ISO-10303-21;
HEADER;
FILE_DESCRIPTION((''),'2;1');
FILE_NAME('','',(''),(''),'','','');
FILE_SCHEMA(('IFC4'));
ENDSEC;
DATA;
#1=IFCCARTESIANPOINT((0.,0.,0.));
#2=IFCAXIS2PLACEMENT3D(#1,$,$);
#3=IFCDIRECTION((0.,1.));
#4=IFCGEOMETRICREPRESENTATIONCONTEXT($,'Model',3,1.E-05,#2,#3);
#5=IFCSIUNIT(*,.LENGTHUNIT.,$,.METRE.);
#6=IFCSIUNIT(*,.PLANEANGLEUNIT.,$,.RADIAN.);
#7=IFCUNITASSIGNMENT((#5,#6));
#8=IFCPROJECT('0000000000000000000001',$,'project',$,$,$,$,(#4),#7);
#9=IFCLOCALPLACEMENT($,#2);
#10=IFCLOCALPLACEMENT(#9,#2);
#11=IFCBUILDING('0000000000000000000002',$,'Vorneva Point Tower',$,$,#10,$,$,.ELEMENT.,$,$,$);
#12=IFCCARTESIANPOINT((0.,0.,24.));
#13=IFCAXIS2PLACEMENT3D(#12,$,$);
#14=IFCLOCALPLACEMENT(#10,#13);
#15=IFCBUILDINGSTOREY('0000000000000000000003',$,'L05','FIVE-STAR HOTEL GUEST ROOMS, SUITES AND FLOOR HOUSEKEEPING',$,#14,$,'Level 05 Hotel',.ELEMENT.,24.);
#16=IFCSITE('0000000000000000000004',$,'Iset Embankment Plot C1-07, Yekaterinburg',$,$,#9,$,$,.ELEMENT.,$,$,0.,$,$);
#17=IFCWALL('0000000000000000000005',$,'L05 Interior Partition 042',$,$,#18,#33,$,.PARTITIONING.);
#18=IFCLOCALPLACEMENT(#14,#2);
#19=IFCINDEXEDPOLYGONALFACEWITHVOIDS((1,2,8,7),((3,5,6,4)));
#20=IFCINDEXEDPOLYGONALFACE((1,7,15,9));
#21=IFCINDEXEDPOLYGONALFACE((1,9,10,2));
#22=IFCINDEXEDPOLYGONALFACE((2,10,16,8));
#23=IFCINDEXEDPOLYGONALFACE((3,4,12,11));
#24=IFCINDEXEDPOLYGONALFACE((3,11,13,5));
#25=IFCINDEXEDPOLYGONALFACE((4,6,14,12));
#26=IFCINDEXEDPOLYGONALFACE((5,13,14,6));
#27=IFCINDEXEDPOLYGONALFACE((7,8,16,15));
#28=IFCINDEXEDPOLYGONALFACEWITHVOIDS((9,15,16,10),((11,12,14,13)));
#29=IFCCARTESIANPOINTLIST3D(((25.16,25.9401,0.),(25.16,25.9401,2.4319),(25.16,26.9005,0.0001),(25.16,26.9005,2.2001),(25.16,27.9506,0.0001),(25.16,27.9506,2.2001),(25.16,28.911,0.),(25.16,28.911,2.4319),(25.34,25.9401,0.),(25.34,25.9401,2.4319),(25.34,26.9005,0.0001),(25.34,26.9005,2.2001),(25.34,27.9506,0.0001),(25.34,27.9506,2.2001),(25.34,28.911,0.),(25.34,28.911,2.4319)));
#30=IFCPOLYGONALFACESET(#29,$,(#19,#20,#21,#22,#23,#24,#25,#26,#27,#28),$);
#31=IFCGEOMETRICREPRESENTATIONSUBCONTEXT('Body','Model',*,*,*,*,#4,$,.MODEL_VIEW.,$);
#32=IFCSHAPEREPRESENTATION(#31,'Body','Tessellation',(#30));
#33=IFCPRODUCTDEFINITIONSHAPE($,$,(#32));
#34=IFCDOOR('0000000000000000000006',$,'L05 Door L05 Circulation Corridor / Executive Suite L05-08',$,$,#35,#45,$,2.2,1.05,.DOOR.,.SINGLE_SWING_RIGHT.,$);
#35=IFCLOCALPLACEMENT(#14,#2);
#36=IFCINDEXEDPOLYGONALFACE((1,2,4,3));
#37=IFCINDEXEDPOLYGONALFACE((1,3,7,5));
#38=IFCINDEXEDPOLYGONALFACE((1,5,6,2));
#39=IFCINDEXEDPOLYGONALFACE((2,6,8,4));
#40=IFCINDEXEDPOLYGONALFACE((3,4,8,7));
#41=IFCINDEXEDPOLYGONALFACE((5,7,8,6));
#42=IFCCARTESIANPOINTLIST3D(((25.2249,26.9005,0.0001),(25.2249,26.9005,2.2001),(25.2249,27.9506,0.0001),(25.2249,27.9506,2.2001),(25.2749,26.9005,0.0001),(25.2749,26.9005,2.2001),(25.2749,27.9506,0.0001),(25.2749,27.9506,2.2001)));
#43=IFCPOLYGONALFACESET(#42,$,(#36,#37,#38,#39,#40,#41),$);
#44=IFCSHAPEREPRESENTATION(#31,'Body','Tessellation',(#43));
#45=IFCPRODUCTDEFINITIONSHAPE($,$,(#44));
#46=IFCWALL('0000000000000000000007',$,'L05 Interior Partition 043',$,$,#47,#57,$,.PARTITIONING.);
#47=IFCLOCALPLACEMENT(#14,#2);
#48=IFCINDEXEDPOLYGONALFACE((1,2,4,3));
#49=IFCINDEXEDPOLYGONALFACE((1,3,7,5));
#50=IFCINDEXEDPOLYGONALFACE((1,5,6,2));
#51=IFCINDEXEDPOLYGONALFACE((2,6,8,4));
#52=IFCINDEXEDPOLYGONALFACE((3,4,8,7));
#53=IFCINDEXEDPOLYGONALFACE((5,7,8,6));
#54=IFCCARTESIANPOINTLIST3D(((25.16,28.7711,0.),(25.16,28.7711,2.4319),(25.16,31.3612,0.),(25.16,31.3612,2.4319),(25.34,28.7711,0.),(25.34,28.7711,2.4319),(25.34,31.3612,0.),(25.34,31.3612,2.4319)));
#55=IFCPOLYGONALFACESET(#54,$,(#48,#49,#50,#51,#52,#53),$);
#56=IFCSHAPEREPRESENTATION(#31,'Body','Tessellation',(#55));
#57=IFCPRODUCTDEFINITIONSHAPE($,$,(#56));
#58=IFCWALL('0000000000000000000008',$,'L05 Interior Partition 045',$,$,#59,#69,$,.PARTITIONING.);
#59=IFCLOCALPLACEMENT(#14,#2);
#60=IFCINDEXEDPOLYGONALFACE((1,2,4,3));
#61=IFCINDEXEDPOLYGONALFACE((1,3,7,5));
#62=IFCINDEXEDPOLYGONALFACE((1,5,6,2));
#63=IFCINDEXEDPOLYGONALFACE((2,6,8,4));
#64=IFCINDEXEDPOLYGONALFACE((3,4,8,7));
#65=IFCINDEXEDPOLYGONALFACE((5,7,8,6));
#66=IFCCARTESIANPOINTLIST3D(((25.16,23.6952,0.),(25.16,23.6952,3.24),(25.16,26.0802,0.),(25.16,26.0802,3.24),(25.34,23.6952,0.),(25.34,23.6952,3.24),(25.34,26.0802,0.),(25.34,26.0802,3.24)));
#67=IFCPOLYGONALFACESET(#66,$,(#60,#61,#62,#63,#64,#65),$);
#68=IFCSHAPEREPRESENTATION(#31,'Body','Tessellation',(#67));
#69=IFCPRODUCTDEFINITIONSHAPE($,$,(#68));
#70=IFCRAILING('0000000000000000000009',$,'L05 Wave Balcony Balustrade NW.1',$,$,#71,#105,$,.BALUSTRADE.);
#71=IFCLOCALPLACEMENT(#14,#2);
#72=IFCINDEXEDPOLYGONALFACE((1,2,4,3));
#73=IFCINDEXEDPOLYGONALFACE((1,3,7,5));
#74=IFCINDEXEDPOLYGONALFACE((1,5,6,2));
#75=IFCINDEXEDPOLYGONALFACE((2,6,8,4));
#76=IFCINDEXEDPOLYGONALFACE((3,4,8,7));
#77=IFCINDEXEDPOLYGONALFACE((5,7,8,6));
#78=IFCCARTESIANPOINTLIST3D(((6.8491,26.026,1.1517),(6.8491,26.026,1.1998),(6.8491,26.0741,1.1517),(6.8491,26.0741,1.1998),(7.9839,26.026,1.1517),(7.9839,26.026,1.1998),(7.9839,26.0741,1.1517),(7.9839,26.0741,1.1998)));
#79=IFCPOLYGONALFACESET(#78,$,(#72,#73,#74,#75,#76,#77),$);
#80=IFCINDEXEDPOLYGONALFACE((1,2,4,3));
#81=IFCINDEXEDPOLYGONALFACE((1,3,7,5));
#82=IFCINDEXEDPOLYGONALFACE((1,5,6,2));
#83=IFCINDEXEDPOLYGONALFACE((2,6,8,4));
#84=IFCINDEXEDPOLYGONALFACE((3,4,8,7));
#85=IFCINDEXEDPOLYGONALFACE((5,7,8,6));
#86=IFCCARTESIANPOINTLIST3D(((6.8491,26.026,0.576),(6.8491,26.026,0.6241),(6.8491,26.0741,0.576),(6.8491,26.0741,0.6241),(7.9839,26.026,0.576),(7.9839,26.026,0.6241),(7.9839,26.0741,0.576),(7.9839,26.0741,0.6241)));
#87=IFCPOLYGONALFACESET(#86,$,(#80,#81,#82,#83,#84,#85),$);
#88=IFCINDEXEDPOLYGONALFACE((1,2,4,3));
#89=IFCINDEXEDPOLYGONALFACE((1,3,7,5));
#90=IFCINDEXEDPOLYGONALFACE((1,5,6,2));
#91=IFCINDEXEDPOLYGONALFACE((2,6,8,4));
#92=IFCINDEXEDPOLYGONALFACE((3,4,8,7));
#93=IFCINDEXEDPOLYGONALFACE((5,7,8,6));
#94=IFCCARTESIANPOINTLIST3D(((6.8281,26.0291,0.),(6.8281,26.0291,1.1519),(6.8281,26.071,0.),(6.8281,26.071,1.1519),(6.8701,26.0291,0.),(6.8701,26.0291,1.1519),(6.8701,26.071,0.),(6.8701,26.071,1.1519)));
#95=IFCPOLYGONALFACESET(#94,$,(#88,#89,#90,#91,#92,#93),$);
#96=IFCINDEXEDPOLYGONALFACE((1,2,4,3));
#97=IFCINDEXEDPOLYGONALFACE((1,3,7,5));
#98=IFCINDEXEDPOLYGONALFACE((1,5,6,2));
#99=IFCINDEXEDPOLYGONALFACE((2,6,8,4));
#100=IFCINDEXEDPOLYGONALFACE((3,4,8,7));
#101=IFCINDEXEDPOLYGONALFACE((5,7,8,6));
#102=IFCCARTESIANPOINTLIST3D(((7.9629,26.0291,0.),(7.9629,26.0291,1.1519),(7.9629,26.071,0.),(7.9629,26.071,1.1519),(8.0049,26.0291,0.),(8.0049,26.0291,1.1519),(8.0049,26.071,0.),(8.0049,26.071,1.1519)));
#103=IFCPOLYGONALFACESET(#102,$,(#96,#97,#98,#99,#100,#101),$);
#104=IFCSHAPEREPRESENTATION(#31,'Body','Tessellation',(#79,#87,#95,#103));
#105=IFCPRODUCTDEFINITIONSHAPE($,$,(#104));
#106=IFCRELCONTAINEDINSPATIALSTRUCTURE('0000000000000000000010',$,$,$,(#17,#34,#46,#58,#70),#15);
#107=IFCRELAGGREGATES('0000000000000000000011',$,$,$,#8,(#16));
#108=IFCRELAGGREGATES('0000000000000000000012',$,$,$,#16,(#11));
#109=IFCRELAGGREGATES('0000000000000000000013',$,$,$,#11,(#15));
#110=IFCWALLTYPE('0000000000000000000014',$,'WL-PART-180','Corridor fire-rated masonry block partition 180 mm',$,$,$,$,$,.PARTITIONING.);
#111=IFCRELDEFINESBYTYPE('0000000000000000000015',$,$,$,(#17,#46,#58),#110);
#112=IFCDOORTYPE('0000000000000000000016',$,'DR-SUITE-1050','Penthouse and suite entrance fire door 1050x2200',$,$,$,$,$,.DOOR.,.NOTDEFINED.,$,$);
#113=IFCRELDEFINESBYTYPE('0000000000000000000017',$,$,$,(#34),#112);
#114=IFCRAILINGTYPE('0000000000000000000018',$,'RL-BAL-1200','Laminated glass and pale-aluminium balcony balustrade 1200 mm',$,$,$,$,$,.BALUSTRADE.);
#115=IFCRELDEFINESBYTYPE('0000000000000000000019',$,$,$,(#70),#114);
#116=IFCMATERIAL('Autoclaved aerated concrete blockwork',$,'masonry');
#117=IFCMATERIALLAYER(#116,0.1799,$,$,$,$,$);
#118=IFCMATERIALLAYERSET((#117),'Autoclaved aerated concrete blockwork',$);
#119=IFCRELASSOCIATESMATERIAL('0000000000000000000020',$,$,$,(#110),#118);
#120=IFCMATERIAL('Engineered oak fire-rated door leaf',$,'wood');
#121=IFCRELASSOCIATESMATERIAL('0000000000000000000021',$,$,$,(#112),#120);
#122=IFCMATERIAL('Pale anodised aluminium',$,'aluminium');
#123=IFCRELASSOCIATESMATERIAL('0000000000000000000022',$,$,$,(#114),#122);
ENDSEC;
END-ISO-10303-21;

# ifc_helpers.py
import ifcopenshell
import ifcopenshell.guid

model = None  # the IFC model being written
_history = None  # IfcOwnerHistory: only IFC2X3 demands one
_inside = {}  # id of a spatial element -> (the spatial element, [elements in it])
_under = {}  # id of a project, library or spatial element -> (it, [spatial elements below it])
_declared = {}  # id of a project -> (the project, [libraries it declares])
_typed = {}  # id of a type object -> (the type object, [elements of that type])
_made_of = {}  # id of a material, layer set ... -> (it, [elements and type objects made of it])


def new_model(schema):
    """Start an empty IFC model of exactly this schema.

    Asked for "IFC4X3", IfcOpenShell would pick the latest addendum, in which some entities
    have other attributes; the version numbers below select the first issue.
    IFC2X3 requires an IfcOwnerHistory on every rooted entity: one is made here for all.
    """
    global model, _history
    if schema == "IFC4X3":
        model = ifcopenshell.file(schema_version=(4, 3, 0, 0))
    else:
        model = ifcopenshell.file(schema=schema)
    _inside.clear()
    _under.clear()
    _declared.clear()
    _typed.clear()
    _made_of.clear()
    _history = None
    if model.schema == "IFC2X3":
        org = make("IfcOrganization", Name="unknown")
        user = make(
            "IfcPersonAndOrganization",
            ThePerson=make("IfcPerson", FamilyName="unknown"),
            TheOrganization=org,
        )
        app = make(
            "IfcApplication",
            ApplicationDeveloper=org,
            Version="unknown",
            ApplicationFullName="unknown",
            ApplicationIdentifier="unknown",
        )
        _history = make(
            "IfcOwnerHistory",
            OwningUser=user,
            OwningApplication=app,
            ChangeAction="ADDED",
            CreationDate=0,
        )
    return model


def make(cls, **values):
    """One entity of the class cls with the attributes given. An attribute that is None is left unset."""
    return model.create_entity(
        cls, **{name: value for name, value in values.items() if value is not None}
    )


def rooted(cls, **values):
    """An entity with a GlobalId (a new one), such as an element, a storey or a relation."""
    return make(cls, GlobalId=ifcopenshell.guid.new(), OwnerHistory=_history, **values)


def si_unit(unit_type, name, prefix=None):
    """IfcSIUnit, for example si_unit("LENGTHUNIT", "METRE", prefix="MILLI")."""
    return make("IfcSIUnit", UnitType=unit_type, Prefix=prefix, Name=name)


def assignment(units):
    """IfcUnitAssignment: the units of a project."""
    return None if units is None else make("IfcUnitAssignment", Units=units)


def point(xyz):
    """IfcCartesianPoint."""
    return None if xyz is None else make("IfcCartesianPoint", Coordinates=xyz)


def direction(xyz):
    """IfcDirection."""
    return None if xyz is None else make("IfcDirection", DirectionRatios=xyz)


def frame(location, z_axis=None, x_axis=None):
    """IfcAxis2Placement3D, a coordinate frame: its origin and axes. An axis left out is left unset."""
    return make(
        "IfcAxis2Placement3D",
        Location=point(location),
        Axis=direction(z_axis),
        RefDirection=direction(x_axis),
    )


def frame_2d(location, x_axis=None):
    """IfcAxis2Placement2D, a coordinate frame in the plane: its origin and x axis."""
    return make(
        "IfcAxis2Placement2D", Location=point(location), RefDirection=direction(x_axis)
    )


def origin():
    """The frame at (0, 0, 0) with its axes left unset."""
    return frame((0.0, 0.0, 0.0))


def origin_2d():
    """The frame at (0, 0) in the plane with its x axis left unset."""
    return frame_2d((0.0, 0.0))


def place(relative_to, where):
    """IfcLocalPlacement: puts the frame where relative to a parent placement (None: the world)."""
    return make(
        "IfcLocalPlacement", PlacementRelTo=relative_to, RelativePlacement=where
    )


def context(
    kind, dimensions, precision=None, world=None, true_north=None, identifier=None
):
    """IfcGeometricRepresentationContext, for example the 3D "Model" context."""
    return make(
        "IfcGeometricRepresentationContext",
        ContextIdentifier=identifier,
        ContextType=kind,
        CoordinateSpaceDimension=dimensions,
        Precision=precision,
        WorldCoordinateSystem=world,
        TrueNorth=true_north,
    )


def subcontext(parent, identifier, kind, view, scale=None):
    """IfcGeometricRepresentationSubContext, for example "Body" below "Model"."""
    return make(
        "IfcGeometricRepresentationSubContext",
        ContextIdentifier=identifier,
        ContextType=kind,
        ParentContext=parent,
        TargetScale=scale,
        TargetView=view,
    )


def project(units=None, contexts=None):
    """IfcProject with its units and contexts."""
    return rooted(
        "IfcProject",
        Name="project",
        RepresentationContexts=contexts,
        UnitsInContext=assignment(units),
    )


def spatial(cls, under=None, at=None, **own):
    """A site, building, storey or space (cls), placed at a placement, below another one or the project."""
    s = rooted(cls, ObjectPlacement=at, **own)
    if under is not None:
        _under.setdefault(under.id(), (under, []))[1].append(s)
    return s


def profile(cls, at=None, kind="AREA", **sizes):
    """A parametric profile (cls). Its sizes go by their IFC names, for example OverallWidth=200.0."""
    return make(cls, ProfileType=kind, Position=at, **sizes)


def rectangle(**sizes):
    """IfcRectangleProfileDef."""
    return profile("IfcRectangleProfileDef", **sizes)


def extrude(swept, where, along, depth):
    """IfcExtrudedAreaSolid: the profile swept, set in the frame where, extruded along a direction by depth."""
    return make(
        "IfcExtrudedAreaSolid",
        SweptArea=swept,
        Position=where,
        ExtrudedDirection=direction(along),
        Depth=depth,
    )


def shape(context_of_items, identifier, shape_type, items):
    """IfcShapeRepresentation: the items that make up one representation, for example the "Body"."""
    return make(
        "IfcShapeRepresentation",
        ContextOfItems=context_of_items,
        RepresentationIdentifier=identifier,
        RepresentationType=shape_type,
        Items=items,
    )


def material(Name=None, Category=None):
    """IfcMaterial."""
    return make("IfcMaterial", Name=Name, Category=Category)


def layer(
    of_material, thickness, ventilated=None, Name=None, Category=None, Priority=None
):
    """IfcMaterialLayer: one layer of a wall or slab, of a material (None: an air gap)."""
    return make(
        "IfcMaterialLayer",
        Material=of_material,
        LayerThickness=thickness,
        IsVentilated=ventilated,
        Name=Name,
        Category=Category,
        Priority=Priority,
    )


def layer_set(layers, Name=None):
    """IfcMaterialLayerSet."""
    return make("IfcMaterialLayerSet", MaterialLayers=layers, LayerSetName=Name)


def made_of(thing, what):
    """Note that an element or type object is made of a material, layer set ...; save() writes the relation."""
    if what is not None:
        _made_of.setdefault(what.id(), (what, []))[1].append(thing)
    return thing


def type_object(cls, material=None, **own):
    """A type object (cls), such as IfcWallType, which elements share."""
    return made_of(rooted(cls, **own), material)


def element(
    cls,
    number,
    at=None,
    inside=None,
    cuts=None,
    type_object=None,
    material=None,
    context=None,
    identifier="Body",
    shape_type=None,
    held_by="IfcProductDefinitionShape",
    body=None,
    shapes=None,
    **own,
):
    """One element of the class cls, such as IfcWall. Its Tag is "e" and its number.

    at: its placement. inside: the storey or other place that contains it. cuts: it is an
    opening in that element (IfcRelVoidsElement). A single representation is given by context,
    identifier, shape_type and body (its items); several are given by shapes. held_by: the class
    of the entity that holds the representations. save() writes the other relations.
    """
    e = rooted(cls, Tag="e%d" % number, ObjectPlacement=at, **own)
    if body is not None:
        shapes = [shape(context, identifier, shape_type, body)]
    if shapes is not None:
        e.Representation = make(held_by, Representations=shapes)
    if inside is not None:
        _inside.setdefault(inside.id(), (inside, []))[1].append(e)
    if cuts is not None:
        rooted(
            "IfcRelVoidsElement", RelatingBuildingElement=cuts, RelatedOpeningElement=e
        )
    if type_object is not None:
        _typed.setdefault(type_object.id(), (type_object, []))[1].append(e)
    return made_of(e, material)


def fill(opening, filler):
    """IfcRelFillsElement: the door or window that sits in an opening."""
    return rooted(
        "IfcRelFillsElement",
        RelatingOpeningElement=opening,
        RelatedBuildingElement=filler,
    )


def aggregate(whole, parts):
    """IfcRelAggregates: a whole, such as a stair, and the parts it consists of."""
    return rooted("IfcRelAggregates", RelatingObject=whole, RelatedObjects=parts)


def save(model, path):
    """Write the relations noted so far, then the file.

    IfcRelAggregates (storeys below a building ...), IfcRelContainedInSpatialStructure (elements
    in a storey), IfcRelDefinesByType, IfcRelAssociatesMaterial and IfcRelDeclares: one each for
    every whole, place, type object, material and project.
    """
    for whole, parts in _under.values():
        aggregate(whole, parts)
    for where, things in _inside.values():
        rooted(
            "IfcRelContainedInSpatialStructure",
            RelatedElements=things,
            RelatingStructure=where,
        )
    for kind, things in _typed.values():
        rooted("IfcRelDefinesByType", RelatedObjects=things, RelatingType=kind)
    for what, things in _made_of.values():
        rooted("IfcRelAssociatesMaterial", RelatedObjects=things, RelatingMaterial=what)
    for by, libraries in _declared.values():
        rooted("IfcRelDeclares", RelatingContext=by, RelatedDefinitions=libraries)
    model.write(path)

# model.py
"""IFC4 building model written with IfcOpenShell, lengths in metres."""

from ifc_helpers import new_model, si_unit, direction, frame, frame_2d, origin, origin_2d, place, context, subcontext, project, spatial, rectangle, extrude, material, layer, layer_set, type_object, element, fill, save


model = new_model("IFC4")

# Units and contexts
model_context = context("Model", 3, precision=1e-05, world=origin(), true_north=direction((0.0, 1.0)))
body_context = subcontext(model_context, "Body", "Model", "MODEL_VIEW")
ifc_project = project(units=[si_unit("LENGTHUNIT", "METRE"), si_unit("PLANEANGLEUNIT", "RADIAN")], contexts=[model_context])

# Site, building, storey
site_placement = place(None, origin())
site = spatial("IfcSite", under=ifc_project, at=site_placement, Name="Iset Embankment Plot C1-07, Yekaterinburg", CompositionType="ELEMENT", RefElevation=0.0)
building_placement = place(site_placement, origin())
building = spatial("IfcBuilding", under=site, at=building_placement, Name="Vorneva Point Tower", CompositionType="ELEMENT")
storey_placement = place(building_placement, frame((0.0, 0.0, 24.0)))
storey = spatial("IfcBuildingStorey", under=building, at=storey_placement, Name="L05", Description="FIVE-STAR HOTEL GUEST ROOMS, SUITES AND FLOOR HOUSEKEEPING", LongName="Level 05 Hotel", CompositionType="ELEMENT", Elevation=24.0)

# Shared definitions
ifc_material_1 = material(Name="Pale anodised aluminium", Category="aluminium")

# Shared definitions
ifc_material_2 = material(Name="Engineered oak fire-rated door leaf", Category="wood")

# Wall, opening, door
ifc_material_3 = material(Name="Autoclaved aerated concrete blockwork", Category="masonry")
ifc_layer_1 = layer(ifc_material_3, 0.1799)
ifc_layer_set_1 = layer_set([ifc_layer_1], Name="Autoclaved aerated concrete blockwork")
wall_type_1 = type_object("IfcWallType", Name="WL-PART-180", Description="Corridor fire-rated masonry block partition 180 mm", PredefinedType="PARTITIONING", material=ifc_layer_set_1)
wall_1_placement = place(storey_placement, frame((25.25, 28.9109, 0.0), z_axis=(0.0, 0.0, 1.0), x_axis=(0.0, -1.0, 0.0)))
wall_1 = element("IfcWall", 1, at=wall_1_placement, inside=storey, type_object=wall_type_1, Name="L05 Interior Partition 042", PredefinedType="PARTITIONING", context=body_context, shape_type="SweptSolid", body=[
    extrude(rectangle(XDim=2.9709, YDim=0.1799, at=frame_2d((1.4854, 0.0))), origin(), (0.0, 0.0, 1.0), 2.4319),
])
opening_1_placement = place(wall_1_placement, frame((0.9604, 0.0, 0.0)))
opening_1 = element("IfcOpeningElement", 2, at=opening_1_placement, cuts=wall_1, PredefinedType="OPENING", context=body_context, shape_type="SweptSolid", body=[
    extrude(rectangle(XDim=1.05, YDim=2.2, at=frame_2d((0.5249, 1.1001))), frame((0.0, 0.105, 0.0), z_axis=(0.0, -1.0, 0.0), x_axis=(1.0, 0.0, 0.0)), (0.0, 0.0, 1.0), 0.2097),
])
door_type_1 = type_object("IfcDoorType", Name="DR-SUITE-1050", Description="Penthouse and suite entrance fire door 1050x2200", OperationType="NOTDEFINED", PredefinedType="DOOR", material=ifc_material_2)
door_1_placement = place(opening_1_placement, origin())
door_1 = element("IfcDoor", 3, at=door_1_placement, inside=storey, type_object=door_type_1, Name="L05 Door L05 Circulation Corridor / Executive Suite L05-08", OperationType="SINGLE_SWING_RIGHT", OverallHeight=2.2, OverallWidth=1.05, PredefinedType="DOOR", context=body_context, shape_type="SweptSolid", body=[
    extrude(rectangle(XDim=1.05, YDim=2.2, at=frame_2d((0.5249, 1.1001))), frame((0.0, 0.0249, 0.0), z_axis=(0.0, -1.0, 0.0), x_axis=(1.0, 0.0, 0.0)), (0.0, 0.0, 1.0), 0.05),
])
fill(opening_1, door_1)

# Walls
wall_2_placement = place(storey_placement, frame((25.25, 31.3611, 0.0), z_axis=(0.0, 0.0, 1.0), x_axis=(0.0, -1.0, 0.0)))
element("IfcWall", 4, at=wall_2_placement, inside=storey, type_object=wall_type_1, Name="L05 Interior Partition 043", PredefinedType="PARTITIONING", context=body_context, shape_type="SweptSolid", body=[
    extrude(rectangle(XDim=2.5901, YDim=0.1799, at=frame_2d((1.2949, 0.0))), origin(), (0.0, 0.0, 1.0), 2.4319),
])
wall_3_placement = place(storey_placement, frame((25.25, 26.0801, 0.0), z_axis=(0.0, 0.0, 1.0), x_axis=(0.0, -1.0, 0.0)))
element("IfcWall", 5, at=wall_3_placement, inside=storey, type_object=wall_type_1, Name="L05 Interior Partition 045", PredefinedType="PARTITIONING", context=body_context, shape_type="SweptSolid", body=[
    extrude(rectangle(XDim=2.385, YDim=0.1799, at=frame_2d((1.1924, 0.0))), origin(), (0.0, 0.0, 1.0), 3.24),
])

# Railing
railing_type = type_object("IfcRailingType", Name="RL-BAL-1200", Description="Laminated glass and pale-aluminium balcony balustrade 1200 mm", PredefinedType="BALUSTRADE", material=ifc_material_1)
railing_placement = place(storey_placement, frame((6.8491, 26.05, 0.0)))
element("IfcRailing", 6, at=railing_placement, inside=storey, type_object=railing_type, Name="L05 Wave Balcony Balustrade NW.1", PredefinedType="BALUSTRADE", context=body_context, shape_type="SweptSolid", body=[
    extrude(rectangle(XDim=0.0481, YDim=0.0481, at=origin_2d()), frame((0.0, 0.0, 1.1758), z_axis=(1.0, 0.0, 0.0), x_axis=(0.0, 1.0, 0.0)), (0.0, 0.0, 1.0), 1.1348),
    extrude(rectangle(XDim=0.0481, YDim=0.0481, at=origin_2d()), frame((0.0, 0.0, 0.6001), z_axis=(1.0, 0.0, 0.0), x_axis=(0.0, 1.0, 0.0)), (0.0, 0.0, 1.0), 1.1348),
    extrude(rectangle(XDim=0.042, YDim=0.042, at=origin_2d()), origin(), (0.0, 0.0, 1.0), 1.1519),
    extrude(rectangle(XDim=0.042, YDim=0.042, at=origin_2d()), frame((1.1348, 0.0, 0.0)), (0.0, 0.0, 1.0), 1.1519),
])

save(model, "model.ifc")
